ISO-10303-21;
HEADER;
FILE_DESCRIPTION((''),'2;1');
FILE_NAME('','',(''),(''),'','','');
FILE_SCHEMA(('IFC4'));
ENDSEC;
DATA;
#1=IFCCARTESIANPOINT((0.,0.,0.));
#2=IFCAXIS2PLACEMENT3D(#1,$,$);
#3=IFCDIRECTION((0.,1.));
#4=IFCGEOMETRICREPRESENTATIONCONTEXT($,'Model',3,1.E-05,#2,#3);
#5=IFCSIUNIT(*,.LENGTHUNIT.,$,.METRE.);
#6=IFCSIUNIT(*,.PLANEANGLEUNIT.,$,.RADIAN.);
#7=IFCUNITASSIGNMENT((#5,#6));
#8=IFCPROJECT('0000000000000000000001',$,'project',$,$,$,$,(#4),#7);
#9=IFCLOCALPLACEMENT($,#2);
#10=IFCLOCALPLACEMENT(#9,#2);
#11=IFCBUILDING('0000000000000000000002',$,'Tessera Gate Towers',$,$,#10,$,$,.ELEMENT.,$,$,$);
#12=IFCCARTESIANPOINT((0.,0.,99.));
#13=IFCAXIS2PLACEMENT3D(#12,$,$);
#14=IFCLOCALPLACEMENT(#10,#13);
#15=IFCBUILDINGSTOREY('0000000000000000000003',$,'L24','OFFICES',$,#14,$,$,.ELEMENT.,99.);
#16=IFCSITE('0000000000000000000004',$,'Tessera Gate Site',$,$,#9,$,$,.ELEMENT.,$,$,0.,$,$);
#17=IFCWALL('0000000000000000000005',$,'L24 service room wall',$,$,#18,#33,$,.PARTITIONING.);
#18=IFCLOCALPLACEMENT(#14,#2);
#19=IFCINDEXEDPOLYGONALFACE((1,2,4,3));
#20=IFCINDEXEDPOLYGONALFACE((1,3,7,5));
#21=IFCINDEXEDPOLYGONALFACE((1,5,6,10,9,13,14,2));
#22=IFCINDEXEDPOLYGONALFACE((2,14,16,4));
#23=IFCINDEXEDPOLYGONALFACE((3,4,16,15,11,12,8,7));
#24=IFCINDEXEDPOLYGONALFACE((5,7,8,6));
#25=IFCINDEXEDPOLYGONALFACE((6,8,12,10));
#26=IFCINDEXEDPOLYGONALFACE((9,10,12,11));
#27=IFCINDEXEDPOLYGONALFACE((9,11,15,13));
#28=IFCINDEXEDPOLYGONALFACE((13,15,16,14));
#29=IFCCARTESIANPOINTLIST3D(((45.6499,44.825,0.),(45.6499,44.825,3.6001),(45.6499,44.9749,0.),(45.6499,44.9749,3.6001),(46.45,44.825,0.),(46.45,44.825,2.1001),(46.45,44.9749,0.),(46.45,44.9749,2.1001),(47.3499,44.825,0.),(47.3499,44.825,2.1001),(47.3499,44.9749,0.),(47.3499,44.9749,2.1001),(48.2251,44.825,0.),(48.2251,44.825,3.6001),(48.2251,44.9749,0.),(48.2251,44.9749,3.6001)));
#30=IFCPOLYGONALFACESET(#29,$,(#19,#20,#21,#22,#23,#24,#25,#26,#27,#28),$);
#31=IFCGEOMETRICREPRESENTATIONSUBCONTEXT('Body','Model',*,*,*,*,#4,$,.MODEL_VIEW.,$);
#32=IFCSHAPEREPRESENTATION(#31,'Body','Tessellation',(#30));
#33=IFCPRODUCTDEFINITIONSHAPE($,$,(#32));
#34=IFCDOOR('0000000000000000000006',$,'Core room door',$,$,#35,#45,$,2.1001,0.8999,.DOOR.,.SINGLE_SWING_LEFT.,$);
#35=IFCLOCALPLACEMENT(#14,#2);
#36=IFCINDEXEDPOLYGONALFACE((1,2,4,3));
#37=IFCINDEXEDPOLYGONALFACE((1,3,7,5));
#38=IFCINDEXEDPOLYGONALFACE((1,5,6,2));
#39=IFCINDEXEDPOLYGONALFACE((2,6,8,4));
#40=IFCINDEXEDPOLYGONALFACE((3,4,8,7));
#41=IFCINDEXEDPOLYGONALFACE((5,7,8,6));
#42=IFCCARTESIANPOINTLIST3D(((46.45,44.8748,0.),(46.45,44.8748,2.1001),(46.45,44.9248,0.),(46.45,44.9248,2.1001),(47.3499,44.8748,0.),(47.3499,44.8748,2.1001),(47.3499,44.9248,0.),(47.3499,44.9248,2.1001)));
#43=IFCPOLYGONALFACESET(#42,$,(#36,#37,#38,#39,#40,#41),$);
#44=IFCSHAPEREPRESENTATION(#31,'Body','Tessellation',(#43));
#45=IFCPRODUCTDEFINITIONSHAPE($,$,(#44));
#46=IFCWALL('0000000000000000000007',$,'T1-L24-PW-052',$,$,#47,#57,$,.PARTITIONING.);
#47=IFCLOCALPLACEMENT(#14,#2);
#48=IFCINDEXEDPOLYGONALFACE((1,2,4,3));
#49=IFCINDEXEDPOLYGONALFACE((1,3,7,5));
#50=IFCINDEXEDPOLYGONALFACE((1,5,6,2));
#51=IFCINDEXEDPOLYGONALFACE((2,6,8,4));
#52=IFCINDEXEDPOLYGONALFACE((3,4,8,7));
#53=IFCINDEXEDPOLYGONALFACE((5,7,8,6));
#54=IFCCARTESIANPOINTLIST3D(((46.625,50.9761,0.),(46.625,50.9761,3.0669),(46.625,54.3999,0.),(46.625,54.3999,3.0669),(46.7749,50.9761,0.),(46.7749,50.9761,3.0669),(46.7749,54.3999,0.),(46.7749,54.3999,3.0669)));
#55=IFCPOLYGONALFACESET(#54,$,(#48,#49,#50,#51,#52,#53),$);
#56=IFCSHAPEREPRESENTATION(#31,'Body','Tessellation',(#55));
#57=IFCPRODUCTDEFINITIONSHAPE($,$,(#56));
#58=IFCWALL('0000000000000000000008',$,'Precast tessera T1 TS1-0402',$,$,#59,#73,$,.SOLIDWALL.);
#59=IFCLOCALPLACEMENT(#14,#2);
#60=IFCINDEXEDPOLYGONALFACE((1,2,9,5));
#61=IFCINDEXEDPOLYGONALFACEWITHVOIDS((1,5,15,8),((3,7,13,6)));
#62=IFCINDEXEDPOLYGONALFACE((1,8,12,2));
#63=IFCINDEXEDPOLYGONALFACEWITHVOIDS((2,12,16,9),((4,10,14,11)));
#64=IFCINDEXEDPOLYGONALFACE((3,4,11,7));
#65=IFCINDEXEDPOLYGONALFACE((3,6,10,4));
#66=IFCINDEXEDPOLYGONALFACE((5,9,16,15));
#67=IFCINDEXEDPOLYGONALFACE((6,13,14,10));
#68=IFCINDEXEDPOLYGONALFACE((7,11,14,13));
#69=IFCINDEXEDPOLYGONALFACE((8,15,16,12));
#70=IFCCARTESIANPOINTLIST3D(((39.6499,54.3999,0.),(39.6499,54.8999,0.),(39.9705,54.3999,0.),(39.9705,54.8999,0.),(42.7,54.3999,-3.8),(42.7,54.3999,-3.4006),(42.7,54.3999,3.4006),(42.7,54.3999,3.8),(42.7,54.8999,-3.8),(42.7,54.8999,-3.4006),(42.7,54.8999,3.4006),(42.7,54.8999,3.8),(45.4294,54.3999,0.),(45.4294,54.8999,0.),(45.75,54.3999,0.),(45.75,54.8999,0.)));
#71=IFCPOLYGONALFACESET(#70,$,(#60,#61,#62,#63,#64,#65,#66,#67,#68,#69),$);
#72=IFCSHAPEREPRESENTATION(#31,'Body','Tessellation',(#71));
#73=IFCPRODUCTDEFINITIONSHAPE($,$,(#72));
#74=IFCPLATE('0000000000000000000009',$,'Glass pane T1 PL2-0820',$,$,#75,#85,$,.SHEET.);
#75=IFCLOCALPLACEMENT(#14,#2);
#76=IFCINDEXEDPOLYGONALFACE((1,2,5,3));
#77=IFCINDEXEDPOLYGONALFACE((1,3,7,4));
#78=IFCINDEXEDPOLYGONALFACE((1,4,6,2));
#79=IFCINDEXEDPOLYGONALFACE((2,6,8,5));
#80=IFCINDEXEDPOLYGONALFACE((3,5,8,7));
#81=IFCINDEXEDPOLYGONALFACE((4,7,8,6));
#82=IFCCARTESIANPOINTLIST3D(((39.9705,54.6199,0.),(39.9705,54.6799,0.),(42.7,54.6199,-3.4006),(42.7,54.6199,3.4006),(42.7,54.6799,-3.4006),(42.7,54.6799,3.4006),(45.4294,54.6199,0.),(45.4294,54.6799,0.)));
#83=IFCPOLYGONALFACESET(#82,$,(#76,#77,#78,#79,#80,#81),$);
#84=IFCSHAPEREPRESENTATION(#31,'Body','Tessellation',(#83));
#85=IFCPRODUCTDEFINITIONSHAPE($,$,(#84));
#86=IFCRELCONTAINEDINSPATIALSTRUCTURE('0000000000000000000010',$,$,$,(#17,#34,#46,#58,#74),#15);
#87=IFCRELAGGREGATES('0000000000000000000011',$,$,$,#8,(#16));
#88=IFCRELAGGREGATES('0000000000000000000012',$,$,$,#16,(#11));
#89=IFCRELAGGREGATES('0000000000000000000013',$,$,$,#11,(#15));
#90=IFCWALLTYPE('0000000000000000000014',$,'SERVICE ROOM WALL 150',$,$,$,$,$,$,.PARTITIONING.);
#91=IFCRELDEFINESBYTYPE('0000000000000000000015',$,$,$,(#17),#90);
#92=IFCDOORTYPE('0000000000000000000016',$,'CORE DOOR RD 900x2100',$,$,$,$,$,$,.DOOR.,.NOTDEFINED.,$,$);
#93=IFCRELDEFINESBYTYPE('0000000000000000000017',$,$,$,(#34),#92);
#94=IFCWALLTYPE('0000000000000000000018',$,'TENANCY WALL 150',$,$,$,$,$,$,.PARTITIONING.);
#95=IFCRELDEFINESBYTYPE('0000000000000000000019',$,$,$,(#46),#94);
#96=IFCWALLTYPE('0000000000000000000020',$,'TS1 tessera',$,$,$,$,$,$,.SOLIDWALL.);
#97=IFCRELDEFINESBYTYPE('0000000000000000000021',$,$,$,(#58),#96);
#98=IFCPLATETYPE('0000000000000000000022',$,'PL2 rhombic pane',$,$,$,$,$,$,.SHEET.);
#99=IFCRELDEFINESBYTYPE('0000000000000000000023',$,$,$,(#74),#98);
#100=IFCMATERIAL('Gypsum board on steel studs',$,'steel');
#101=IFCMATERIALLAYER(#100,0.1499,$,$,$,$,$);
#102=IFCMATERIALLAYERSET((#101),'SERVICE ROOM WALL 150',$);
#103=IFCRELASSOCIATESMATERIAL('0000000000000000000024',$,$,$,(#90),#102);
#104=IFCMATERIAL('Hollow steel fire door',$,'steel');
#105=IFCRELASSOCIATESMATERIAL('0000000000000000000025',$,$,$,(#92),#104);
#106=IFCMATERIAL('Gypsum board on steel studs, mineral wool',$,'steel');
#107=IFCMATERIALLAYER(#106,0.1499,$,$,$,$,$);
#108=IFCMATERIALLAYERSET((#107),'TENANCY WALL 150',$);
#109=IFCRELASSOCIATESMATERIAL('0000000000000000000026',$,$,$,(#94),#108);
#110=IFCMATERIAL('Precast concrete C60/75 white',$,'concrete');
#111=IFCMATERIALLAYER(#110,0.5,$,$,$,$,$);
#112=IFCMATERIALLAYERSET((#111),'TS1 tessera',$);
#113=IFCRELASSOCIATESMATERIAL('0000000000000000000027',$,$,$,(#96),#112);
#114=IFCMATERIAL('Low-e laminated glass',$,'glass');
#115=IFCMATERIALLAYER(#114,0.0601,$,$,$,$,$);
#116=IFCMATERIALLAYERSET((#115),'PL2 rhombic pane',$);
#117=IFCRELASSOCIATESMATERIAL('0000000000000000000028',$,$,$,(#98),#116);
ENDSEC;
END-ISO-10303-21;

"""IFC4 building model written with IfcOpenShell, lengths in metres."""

from ifc_helpers import new_model, si_unit, direction, frame, frame_2d, origin, place, context, subcontext, project, spatial, polyline, rectangle, outline, extrude, source, transform, mapped, material, layer, layer_set, type_object, element, fill, save


model = new_model("IFC4")

# Units and contexts
model_context = context("Model", 3, precision=1e-05, world=origin(), true_north=direction((0.0, 1.0)))
body_context = subcontext(model_context, "Body", "Model", "MODEL_VIEW")
ifc_project = project(units=[si_unit("LENGTHUNIT", "METRE"), si_unit("PLANEANGLEUNIT", "RADIAN")], contexts=[model_context])

# Site, building, storey
site_placement = place(None, origin())
site = spatial("IfcSite", under=ifc_project, at=site_placement, Name="Tessera Gate Site", CompositionType="ELEMENT", RefElevation=0.0)
building_placement = place(site_placement, origin())
building = spatial("IfcBuilding", under=site, at=building_placement, Name="Tessera Gate Towers", CompositionType="ELEMENT")
storey_placement = place(building_placement, frame((0.0, 0.0, 99.0)))
storey = spatial("IfcBuildingStorey", under=building, at=storey_placement, Name="L24", Description="OFFICES", CompositionType="ELEMENT", Elevation=99.0)

# Wall, opening, door
ifc_material_1 = material(Name="Gypsum board on steel studs", Category="steel")
ifc_layer_1 = layer(ifc_material_1, 0.1499)
ifc_layer_set_1 = layer_set([ifc_layer_1], Name="SERVICE ROOM WALL 150")
wall_type_1 = type_object("IfcWallType", Name="SERVICE ROOM WALL 150", PredefinedType="PARTITIONING", material=ifc_layer_set_1)
wall_1_placement = place(storey_placement, frame((45.6499, 44.8999, 0.0), z_axis=(0.0, 0.0, 1.0), x_axis=(1.0, 0.0, 0.0)))
wall_1 = element("IfcWall", 1, at=wall_1_placement, inside=storey, type_object=wall_type_1, Name="L24 service room wall", PredefinedType="PARTITIONING", context=body_context, shape_type="SweptSolid", body=[
    extrude(rectangle(XDim=2.5752, YDim=0.1499, at=frame_2d((1.2876, 0.0))), origin(), (0.0, 0.0, 1.0), 3.6001),
])
shared_shape_1 = source(origin(), body_context, "Body", "SweptSolid", [
    extrude(rectangle(XDim=0.8999, YDim=2.1001, at=frame_2d((0.45, 1.05))), frame((0.0, 0.085, 0.0), z_axis=(0.0, -1.0, 0.0), x_axis=(1.0, 0.0, 0.0)), (0.0, 0.0, 1.0), 0.1699),
])
opening_1_placement = place(wall_1_placement, frame((0.8, 0.0, 0.0)))
opening_1 = element("IfcOpeningElement", 2, at=opening_1_placement, cuts=wall_1, PredefinedType="OPENING", context=body_context, shape_type="MappedRepresentation", body=[
    mapped(shared_shape_1, transform((0.0, 0.0, 0.0), scale=1.0)),
])
ifc_material_2 = material(Name="Hollow steel fire door", Category="steel")
door_type_1 = type_object("IfcDoorType", Name="CORE DOOR RD 900x2100", OperationType="NOTDEFINED", PredefinedType="DOOR", material=ifc_material_2)
shared_shape_2 = source(origin(), body_context, "Body", "SweptSolid", [
    extrude(rectangle(XDim=0.8999, YDim=2.1001, at=frame_2d((0.45, 1.05))), frame((0.0, 0.0249, 0.0), z_axis=(0.0, -1.0, 0.0), x_axis=(1.0, 0.0, 0.0)), (0.0, 0.0, 1.0), 0.05),
])
door_1_placement = place(opening_1_placement, origin())
door_1 = element("IfcDoor", 3, at=door_1_placement, inside=storey, type_object=door_type_1, Name="Core room door", OperationType="SINGLE_SWING_LEFT", OverallHeight=2.1001, OverallWidth=0.8999, PredefinedType="DOOR", context=body_context, shape_type="MappedRepresentation", body=[
    mapped(shared_shape_2, transform((0.0, 0.0, 0.0), scale=1.0)),
])
fill(opening_1, door_1)

# Wall
ifc_material_3 = material(Name="Gypsum board on steel studs, mineral wool", Category="steel")
ifc_layer_2 = layer(ifc_material_3, 0.1499)
ifc_layer_set_2 = layer_set([ifc_layer_2], Name="TENANCY WALL 150")
wall_type_2 = type_object("IfcWallType", Name="TENANCY WALL 150", PredefinedType="PARTITIONING", material=ifc_layer_set_2)
wall_2_placement = place(storey_placement, frame((46.7, 50.9761, 0.0), z_axis=(0.0, 0.0, 1.0), x_axis=(0.0, 1.0, 0.0)))
element("IfcWall", 4, at=wall_2_placement, inside=storey, type_object=wall_type_2, Name="T1-L24-PW-052", PredefinedType="PARTITIONING", context=body_context, shape_type="SweptSolid", body=[
    extrude(rectangle(XDim=3.4238, YDim=0.1499, at=frame_2d((1.7119, 0.0))), origin(), (0.0, 0.0, 1.0), 3.0669),
])

# Wall, opening, plate
ifc_material_4 = material(Name="Precast concrete C60/75 white", Category="concrete")
ifc_layer_3 = layer(ifc_material_4, 0.5)
ifc_layer_set_3 = layer_set([ifc_layer_3], Name="TS1 tessera")
wall_type_3 = type_object("IfcWallType", Name="TS1 tessera", PredefinedType="SOLIDWALL", material=ifc_layer_set_3)
shared_shape_3 = source(origin(), body_context, "Body", "SweptSolid", [
    extrude(outline(polyline([(3.05, 0.0), (6.1001, 3.8), (3.05, 7.6001), (0.0, 3.8), (3.05, 0.0)])), frame((0.0, 0.25, 0.0), z_axis=(0.0, -1.0, 0.0), x_axis=(1.0, 0.0, 0.0)), (0.0, 0.0, 1.0), 0.5),
])
wall_3_placement = place(storey_placement, frame((45.75, 54.6499, -3.8), z_axis=(0.0, 0.0, 1.0), x_axis=(-1.0, 0.0, 0.0)))
wall_3 = element("IfcWall", 5, at=wall_3_placement, inside=storey, type_object=wall_type_3, Name="Precast tessera T1 TS1-0402", PredefinedType="SOLIDWALL", context=body_context, shape_type="MappedRepresentation", body=[
    mapped(shared_shape_3, transform((0.0, 0.0, 0.0), scale=1.0)),
])
shared_shape_4 = source(origin(), body_context, "Body", "SweptSolid", [
    extrude(outline(polyline([(3.05, 0.3994), (5.7795, 3.8), (3.05, 7.2007), (0.3206, 3.8), (3.05, 0.3994)])), frame((0.0, 0.26, 0.0), z_axis=(0.0, -1.0, 0.0), x_axis=(1.0, 0.0, 0.0)), (0.0, 0.0, 1.0), 0.52),
])
opening_2_placement = place(wall_3_placement, origin())
opening_2 = element("IfcOpeningElement", 6, at=opening_2_placement, cuts=wall_3, PredefinedType="OPENING", context=body_context, shape_type="MappedRepresentation", body=[
    mapped(shared_shape_4, transform((0.0, 0.0, 0.0), scale=1.0)),
])
ifc_material_5 = material(Name="Low-e laminated glass", Category="glass")
ifc_layer_4 = layer(ifc_material_5, 0.0601)
ifc_layer_set_4 = layer_set([ifc_layer_4], Name="PL2 rhombic pane")
plate_type = type_object("IfcPlateType", Name="PL2 rhombic pane", PredefinedType="SHEET", material=ifc_layer_set_4)
shared_shape_5 = source(origin(), body_context, "Body", "SweptSolid", [
    extrude(outline(polyline([(3.05, 0.3994), (5.7795, 3.8), (3.05, 7.2007), (0.3206, 3.8), (3.05, 0.3994)])), frame((0.0, 0.03, 0.0), z_axis=(0.0, -1.0, 0.0), x_axis=(1.0, 0.0, 0.0)), (0.0, 0.0, 1.0), 0.0601),
])
plate_placement = place(opening_2_placement, origin())
plate = element("IfcPlate", 7, at=plate_placement, inside=storey, type_object=plate_type, Name="Glass pane T1 PL2-0820", PredefinedType="SHEET", context=body_context, shape_type="MappedRepresentation", body=[
    mapped(shared_shape_5, transform((0.0, 0.0, 0.0), scale=1.0)),
])
fill(opening_2, plate)

save(model, "model.ifc")
